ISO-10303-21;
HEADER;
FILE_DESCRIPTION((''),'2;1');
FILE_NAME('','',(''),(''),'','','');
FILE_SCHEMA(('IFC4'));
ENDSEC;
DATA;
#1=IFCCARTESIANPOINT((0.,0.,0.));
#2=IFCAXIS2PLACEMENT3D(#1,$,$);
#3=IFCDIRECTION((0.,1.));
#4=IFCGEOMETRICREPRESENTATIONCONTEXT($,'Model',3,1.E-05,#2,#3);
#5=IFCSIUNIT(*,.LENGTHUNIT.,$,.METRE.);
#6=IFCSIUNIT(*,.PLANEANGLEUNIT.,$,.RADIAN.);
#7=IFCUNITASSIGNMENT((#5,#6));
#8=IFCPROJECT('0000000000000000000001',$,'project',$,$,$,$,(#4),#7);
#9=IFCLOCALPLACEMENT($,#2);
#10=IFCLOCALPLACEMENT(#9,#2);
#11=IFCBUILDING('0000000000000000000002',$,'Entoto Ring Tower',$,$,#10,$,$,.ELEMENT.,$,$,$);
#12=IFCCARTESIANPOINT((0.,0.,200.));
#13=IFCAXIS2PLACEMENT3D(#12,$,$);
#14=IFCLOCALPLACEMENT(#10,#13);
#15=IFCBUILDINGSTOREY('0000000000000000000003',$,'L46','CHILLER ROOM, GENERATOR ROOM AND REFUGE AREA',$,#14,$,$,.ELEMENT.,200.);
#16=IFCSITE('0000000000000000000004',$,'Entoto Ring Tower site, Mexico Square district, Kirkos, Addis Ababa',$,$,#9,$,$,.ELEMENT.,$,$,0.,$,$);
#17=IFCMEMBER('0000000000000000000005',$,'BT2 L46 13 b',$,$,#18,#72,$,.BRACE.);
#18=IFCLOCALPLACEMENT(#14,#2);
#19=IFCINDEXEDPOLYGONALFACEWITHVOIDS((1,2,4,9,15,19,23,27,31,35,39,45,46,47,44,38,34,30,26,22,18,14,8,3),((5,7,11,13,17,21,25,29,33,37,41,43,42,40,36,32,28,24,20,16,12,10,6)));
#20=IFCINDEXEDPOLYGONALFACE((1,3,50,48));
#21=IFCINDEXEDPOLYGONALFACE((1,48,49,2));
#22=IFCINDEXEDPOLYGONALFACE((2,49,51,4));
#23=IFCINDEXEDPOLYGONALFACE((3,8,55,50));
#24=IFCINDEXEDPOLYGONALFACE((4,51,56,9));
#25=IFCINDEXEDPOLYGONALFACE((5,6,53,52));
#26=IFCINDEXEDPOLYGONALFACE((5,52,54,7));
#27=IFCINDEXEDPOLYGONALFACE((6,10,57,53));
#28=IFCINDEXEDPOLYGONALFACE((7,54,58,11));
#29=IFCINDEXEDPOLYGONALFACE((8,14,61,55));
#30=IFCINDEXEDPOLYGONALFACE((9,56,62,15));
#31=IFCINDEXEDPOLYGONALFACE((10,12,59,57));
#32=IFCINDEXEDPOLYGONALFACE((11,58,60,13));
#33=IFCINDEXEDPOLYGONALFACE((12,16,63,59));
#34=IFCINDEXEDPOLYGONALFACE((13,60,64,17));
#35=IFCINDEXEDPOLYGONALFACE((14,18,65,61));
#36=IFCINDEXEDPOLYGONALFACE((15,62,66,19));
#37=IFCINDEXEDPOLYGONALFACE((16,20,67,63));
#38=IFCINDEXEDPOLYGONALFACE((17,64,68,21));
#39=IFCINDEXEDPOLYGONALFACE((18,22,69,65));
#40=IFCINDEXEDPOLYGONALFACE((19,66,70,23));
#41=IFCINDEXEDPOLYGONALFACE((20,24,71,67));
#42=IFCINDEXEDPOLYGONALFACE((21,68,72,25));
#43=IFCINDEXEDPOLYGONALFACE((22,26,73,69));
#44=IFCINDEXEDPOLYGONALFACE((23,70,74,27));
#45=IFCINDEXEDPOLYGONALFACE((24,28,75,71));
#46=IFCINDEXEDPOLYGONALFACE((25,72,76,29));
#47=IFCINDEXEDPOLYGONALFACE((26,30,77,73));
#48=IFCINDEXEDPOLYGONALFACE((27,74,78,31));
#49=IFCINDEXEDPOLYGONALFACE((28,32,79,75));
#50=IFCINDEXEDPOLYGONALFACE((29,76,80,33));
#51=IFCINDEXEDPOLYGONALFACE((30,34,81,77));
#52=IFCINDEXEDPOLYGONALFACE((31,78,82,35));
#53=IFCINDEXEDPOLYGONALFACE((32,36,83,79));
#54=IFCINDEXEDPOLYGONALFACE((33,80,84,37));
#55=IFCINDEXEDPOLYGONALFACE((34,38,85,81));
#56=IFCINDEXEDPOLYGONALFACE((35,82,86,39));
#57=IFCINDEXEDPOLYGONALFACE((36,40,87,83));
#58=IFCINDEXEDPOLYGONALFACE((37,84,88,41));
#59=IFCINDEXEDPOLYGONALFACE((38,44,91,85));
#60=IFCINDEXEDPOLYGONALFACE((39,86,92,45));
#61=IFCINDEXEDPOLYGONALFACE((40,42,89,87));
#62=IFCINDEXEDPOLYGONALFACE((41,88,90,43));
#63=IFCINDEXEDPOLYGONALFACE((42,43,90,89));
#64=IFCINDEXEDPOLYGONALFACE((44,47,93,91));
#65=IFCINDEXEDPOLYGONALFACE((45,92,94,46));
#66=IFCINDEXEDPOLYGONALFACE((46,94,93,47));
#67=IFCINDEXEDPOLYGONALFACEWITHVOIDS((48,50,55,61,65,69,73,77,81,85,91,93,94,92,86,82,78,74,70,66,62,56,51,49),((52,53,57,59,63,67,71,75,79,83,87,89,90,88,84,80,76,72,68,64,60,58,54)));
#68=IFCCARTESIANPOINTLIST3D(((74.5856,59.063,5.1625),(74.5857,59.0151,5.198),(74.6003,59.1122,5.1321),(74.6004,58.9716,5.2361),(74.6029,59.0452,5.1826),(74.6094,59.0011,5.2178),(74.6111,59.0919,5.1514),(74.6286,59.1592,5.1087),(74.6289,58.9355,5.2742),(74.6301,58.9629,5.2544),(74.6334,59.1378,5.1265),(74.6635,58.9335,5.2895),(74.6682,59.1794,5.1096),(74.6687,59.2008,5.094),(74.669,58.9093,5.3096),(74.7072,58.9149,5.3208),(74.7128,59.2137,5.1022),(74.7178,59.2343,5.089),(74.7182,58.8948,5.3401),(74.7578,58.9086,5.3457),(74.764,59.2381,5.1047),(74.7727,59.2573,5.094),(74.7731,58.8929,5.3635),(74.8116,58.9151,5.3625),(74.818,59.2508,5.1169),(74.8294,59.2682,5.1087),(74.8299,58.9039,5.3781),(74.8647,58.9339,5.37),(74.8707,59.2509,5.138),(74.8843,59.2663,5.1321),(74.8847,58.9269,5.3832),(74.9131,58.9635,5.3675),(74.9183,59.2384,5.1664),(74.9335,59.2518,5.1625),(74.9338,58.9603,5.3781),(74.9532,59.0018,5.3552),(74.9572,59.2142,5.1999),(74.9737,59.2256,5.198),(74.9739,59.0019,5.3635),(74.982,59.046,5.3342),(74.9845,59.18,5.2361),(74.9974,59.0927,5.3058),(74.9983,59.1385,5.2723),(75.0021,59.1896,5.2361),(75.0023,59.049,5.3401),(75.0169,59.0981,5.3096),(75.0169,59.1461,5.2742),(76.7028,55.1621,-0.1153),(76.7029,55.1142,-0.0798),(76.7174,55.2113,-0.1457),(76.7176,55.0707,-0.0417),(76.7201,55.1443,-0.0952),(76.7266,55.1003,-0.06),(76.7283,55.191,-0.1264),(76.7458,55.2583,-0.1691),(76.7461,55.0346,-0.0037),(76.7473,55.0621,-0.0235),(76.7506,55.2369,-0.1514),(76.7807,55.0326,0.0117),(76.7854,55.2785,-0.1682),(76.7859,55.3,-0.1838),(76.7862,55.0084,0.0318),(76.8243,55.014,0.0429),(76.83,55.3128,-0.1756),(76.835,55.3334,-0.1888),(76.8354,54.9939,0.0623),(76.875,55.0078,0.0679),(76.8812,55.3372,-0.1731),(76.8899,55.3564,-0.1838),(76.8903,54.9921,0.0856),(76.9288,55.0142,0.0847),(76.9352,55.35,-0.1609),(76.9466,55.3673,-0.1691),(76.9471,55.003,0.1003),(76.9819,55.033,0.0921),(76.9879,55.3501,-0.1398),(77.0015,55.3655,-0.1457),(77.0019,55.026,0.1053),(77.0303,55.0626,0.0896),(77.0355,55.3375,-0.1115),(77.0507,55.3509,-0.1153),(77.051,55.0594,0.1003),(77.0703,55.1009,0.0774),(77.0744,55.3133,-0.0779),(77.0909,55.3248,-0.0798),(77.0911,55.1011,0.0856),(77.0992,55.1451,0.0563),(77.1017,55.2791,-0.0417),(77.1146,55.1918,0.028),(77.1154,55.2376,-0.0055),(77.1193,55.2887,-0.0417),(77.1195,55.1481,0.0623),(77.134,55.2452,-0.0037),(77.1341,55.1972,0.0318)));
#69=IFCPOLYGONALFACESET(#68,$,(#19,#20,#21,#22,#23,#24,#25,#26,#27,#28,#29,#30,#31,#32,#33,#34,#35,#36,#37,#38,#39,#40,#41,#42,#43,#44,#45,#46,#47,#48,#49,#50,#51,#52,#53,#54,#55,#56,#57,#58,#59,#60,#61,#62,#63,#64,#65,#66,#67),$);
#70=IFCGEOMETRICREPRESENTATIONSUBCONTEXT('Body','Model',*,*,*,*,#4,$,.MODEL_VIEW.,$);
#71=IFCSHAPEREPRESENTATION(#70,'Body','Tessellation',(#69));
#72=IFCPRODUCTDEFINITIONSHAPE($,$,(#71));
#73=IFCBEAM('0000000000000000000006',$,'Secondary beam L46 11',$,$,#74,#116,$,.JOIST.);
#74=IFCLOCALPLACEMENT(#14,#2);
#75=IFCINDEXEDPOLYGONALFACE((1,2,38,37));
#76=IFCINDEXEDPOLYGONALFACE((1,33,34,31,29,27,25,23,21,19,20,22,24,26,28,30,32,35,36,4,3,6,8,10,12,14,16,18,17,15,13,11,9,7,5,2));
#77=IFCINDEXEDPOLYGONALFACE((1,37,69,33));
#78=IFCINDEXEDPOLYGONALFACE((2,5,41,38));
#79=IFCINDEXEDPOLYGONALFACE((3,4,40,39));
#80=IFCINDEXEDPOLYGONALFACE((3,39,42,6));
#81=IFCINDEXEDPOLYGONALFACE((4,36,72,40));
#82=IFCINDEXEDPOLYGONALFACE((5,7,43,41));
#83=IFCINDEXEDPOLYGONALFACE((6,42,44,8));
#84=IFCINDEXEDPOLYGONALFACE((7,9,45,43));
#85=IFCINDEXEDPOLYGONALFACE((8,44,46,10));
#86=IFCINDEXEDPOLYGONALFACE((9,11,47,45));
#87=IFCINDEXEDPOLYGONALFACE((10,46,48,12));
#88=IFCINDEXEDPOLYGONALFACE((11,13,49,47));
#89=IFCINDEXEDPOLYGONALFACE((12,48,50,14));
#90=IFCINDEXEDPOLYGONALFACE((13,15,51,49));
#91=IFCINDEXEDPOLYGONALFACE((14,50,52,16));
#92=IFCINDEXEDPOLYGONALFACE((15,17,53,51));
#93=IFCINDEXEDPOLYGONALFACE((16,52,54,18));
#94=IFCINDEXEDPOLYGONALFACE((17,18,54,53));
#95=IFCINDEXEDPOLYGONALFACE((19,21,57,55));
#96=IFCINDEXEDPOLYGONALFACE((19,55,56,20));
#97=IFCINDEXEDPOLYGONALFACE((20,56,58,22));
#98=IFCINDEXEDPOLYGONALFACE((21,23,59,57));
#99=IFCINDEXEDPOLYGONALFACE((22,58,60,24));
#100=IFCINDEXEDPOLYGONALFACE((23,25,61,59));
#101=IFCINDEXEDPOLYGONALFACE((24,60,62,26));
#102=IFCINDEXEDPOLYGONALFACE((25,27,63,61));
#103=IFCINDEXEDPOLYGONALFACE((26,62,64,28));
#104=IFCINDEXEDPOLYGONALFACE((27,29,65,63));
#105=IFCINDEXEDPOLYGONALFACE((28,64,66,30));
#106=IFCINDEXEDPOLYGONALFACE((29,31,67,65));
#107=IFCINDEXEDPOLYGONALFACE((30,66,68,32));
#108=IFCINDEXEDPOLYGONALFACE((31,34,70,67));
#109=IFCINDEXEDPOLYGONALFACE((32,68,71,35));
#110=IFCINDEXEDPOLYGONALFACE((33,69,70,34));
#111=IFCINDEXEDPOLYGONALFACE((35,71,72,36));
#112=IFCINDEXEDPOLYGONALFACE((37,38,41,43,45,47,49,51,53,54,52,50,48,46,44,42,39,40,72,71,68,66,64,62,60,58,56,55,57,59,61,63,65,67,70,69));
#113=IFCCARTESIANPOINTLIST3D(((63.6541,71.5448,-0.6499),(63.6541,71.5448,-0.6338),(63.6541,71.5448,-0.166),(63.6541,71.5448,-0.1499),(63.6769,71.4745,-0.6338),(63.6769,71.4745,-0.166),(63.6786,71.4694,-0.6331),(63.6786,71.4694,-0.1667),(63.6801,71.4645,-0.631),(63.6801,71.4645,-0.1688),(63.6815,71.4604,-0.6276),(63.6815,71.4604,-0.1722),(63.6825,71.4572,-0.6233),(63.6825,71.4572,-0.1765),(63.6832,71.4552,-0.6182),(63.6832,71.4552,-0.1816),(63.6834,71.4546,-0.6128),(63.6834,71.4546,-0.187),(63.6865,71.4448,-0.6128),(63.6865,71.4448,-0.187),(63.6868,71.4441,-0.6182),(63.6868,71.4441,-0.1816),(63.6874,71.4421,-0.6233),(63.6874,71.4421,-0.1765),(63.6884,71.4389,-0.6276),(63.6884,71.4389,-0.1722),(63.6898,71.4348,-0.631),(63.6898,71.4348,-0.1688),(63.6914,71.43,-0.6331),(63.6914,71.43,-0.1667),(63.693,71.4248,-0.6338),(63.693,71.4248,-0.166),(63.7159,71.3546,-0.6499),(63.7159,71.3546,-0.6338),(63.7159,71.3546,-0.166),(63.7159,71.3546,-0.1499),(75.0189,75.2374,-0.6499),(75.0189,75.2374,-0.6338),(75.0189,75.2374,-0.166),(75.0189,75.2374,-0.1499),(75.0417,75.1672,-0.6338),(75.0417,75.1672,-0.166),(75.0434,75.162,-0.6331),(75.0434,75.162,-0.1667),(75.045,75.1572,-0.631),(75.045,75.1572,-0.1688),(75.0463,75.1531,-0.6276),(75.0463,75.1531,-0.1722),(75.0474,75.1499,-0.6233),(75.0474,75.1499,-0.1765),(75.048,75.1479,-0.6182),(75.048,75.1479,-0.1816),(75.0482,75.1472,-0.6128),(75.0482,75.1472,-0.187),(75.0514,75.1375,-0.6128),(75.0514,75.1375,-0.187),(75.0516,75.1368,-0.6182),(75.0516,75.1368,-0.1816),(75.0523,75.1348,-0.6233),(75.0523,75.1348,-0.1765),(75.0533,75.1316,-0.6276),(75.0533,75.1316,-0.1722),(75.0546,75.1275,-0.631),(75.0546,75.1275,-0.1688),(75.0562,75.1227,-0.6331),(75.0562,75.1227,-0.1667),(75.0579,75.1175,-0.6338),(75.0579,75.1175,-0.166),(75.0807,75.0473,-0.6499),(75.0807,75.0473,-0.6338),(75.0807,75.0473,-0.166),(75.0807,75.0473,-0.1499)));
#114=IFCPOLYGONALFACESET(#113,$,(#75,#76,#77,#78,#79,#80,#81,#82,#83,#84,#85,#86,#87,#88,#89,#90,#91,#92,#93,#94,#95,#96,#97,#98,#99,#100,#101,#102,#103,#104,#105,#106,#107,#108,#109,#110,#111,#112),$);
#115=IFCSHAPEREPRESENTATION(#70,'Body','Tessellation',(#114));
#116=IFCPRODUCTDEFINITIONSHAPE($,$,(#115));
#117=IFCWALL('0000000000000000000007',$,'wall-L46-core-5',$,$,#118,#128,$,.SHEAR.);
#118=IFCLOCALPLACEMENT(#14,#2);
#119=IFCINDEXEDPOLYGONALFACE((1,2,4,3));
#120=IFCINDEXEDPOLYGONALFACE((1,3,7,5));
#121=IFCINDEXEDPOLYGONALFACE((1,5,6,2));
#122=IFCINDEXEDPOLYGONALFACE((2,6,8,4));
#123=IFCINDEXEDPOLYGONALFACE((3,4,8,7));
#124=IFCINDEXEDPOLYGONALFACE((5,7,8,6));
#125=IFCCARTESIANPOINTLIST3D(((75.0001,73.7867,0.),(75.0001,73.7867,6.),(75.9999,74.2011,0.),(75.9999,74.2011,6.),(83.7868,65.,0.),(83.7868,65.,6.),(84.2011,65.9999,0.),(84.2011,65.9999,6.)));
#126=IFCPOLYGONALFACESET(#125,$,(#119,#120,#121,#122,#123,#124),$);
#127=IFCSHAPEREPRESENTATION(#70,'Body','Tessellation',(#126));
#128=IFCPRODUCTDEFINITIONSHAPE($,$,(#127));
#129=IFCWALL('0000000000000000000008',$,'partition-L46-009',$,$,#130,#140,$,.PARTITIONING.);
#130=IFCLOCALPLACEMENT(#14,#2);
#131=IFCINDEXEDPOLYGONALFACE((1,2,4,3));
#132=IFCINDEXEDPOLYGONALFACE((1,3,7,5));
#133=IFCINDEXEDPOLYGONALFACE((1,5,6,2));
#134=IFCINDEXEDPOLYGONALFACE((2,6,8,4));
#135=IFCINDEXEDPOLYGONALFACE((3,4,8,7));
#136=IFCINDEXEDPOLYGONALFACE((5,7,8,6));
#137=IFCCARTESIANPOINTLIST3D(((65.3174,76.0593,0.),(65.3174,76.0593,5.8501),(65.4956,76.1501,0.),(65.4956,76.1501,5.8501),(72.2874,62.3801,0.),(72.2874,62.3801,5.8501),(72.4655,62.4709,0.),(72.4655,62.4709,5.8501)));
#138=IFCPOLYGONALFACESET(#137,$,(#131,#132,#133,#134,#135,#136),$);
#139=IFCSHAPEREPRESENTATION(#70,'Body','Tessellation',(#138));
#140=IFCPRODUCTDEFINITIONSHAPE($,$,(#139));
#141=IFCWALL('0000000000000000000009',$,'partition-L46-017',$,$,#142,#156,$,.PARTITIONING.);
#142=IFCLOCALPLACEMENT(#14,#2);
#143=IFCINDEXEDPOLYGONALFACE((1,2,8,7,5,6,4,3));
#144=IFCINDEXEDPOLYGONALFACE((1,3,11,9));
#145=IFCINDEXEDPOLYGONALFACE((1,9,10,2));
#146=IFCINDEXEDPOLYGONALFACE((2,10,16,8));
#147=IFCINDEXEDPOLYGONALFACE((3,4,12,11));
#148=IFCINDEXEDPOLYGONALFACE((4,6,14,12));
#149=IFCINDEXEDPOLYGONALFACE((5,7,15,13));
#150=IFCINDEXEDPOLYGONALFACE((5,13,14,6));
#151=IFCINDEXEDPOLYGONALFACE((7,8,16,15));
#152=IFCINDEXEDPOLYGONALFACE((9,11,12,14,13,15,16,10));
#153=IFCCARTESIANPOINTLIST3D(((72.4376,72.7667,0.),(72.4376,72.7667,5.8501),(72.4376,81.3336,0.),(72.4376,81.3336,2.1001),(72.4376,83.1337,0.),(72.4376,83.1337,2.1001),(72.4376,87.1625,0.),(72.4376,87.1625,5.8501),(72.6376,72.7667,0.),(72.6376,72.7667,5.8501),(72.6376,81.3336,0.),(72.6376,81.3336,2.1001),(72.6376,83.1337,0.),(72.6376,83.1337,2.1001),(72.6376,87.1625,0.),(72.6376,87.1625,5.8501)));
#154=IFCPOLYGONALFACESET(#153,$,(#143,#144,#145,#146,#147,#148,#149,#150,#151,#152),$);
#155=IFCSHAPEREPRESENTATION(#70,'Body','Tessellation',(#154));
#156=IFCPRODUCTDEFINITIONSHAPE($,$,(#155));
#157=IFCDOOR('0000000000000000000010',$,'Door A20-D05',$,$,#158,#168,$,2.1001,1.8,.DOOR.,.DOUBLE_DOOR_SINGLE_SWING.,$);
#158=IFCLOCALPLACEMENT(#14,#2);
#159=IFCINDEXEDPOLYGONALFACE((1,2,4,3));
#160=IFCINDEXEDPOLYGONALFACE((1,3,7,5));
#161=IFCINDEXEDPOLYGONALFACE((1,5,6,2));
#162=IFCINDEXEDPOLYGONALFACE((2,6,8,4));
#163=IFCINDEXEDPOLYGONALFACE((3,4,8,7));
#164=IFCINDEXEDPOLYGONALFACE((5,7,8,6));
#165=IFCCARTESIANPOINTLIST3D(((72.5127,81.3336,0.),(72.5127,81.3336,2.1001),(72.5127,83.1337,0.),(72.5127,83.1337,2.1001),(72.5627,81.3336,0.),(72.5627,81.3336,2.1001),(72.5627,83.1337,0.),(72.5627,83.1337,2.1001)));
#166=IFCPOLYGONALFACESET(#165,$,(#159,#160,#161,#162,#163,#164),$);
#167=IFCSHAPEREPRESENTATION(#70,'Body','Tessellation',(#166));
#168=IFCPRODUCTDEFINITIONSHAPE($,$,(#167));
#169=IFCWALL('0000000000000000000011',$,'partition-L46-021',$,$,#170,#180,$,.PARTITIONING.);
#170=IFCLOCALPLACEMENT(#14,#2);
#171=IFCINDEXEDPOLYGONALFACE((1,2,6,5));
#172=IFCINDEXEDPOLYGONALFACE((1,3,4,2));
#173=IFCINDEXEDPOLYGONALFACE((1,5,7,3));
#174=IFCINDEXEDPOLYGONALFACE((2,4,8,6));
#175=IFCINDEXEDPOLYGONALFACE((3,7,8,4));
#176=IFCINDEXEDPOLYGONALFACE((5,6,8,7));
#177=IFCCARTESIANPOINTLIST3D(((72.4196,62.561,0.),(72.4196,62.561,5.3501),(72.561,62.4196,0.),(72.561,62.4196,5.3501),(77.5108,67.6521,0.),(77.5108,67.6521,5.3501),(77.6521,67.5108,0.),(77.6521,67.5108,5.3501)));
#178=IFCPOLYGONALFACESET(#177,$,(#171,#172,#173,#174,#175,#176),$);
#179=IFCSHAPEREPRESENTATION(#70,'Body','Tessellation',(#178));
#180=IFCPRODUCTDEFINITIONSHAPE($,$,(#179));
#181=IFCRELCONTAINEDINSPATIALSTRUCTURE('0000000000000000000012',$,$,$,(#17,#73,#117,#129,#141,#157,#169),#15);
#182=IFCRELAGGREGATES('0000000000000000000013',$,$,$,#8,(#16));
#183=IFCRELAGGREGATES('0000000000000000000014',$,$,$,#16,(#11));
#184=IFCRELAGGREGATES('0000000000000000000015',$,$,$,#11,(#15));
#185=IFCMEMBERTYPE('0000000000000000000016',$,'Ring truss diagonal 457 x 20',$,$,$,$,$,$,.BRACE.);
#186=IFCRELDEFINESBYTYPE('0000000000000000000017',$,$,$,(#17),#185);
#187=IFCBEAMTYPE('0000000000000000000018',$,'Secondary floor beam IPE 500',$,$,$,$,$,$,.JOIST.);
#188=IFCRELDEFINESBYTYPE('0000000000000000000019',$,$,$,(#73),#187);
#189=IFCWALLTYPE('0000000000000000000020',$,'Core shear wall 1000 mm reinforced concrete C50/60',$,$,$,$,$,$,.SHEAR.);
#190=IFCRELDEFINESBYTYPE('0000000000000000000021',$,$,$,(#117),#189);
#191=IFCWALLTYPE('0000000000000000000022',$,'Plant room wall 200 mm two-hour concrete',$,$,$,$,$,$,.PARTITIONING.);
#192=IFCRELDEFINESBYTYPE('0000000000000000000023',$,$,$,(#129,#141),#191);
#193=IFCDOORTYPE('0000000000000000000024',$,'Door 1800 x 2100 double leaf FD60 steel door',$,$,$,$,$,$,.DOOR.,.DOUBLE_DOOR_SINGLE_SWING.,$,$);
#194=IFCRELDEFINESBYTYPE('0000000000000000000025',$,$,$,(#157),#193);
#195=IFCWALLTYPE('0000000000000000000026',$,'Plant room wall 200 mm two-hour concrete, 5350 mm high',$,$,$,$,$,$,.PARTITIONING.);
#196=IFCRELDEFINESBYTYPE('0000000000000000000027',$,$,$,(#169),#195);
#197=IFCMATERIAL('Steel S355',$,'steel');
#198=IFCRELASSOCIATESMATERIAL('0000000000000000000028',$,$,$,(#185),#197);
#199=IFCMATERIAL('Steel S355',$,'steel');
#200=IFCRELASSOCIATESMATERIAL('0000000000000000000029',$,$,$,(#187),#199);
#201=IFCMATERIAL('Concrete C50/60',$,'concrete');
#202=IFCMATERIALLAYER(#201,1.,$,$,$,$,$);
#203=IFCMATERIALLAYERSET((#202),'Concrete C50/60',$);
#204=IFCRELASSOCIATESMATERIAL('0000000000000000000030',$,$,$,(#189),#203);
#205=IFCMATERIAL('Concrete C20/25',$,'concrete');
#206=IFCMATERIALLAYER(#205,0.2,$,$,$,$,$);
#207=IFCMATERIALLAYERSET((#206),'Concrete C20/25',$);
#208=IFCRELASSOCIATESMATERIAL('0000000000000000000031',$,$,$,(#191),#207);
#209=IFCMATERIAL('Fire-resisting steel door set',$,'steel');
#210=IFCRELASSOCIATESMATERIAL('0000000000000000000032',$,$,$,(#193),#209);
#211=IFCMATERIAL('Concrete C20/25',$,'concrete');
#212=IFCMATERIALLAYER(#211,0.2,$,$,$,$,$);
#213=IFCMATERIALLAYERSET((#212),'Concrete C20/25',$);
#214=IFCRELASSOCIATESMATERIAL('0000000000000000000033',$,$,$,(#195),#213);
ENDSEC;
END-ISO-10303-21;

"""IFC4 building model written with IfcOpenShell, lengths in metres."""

from ifc_helpers import new_model, si_unit, direction, frame, frame_2d, origin, origin_2d, place, context, subcontext, project, spatial, polyline, rectangle, circle, hollow_circle, i_section, outline, extrude, material, layer, layer_set, material_profile, profile_set, type_object, element, fill, save


model = new_model("IFC4")

# Units and contexts
model_context = context("Model", 3, precision=1e-05, world=origin(), true_north=direction((0.0, 1.0)))
body_context = subcontext(model_context, "Body", "Model", "MODEL_VIEW")
ifc_project = project(units=[si_unit("LENGTHUNIT", "METRE"), si_unit("PLANEANGLEUNIT", "RADIAN")], contexts=[model_context])

# Site, building, storey
site_placement = place(None, origin())
site = spatial("IfcSite", under=ifc_project, at=site_placement, Name="Entoto Ring Tower site, Mexico Square district, Kirkos, Addis Ababa", CompositionType="ELEMENT", RefElevation=0.0)
building_placement = place(site_placement, origin())
building = spatial("IfcBuilding", under=site, at=building_placement, Name="Entoto Ring Tower", CompositionType="ELEMENT")
storey_placement = place(building_placement, frame((0.0, 0.0, 200.0)))
storey = spatial("IfcBuildingStorey", under=building, at=storey_placement, Name="L46", Description="CHILLER ROOM, GENERATOR ROOM AND REFUGE AREA", CompositionType="ELEMENT", Elevation=200.0)

# Member
ifc_material_1 = material(Name="Steel S355", Category="steel")
ifc_material_profile_1 = material_profile(ifc_material_1, hollow_circle(Radius=0.2285, WallThickness=0.02, at=origin_2d()), Name="CHS 457 x 20")
ifc_material_2 = material(Name="Concrete C60/75", Category="concrete")
ifc_material_profile_2 = material_profile(ifc_material_2, circle(Radius=0.2085, at=origin_2d()), Name="Concrete C60/75 infill")
ifc_profile_set_1 = profile_set([ifc_material_profile_1, ifc_material_profile_2], Name="Steel S355")
member_type_1 = type_object("IfcMemberType", Name="Ring truss diagonal 457 x 20", PredefinedType="BRACE", material=ifc_profile_set_1)
for number, where, z_axis, x_axis, name in (
    (1, (74.8013, 59.0806, 5.2361), (0.307017, -0.565672, -0.765347), (0.878894, 0.477017, 0.0), "BT2 L46 13 b"),
):
    element("IfcMember", number, at=place(storey_placement, frame(where, z_axis=z_axis, x_axis=x_axis)), inside=storey, type_object=member_type_1, Name=name, PredefinedType="BRACE", context=body_context, shape_type="SweptSolid", body=[
        extrude(hollow_circle(Radius=0.2285, WallThickness=0.02, at=origin_2d()), origin(), (0.0, 0.0, 1.0), 6.896),
    ])

# Beam
ifc_material_3 = material(Name="Steel S355", Category="steel")
ifc_material_profile_3 = material_profile(ifc_material_3, i_section(OverallWidth=0.2, OverallDepth=0.5, WebThickness=0.0103, FlangeThickness=0.0161, FilletRadius=0.021, at=origin_2d()), Name="IPE 500")
ifc_profile_set_2 = profile_set([ifc_material_profile_3], Name="Steel S355")
beam_type_1 = type_object("IfcBeamType", Name="Secondary floor beam IPE 500", PredefinedType="JOIST", material=ifc_profile_set_2)
beam_1_placement = place(storey_placement, frame((75.0498, 75.1423, -0.3999), z_axis=(-0.951057, -0.309017, 0.0), x_axis=(0.309017, -0.951057, 0.0)))
element("IfcBeam", 2, at=beam_1_placement, inside=storey, type_object=beam_type_1, Name="Secondary beam L46 11", PredefinedType="JOIST", context=body_context, shape_type="SweptSolid", body=[
    extrude(i_section(OverallWidth=0.2, OverallDepth=0.5, WebThickness=0.0103, FlangeThickness=0.0161, FilletRadius=0.021, at=origin_2d()), origin(), (0.0, 0.0, 1.0), 11.9497),
])

# Walls
ifc_material_4 = material(Name="Concrete C50/60", Category="concrete")
ifc_layer_1 = layer(ifc_material_4, 1.0)
ifc_layer_set_1 = layer_set([ifc_layer_1], Name="Concrete C50/60")
wall_type_1 = type_object("IfcWallType", Name="Core shear wall 1000 mm reinforced concrete C50/60", PredefinedType="SHEAR", material=ifc_layer_set_1)
wall_1_placement = place(storey_placement, frame((75.5, 73.9939, 0.0), z_axis=(0.0, 0.0, 1.0), x_axis=(0.707107, -0.707107, 0.0)))
element("IfcWall", 3, at=wall_1_placement, inside=storey, type_object=wall_type_1, Name="wall-L46-core-5", PredefinedType="SHEAR", context=body_context, shape_type="SweptSolid", body=[
    extrude(outline(polyline([(-0.207, -0.5), (12.2192, -0.5), (11.8052, 0.5), (0.207, 0.5), (-0.207, -0.5)])), origin(), (0.0, 0.0, 1.0), 6.0),
])
ifc_material_5 = material(Name="Concrete C20/25", Category="concrete")
ifc_layer_2 = layer(ifc_material_5, 0.2)
ifc_layer_set_2 = layer_set([ifc_layer_2], Name="Concrete C20/25")
wall_type_2 = type_object("IfcWallType", Name="Plant room wall 200 mm two-hour concrete", PredefinedType="PARTITIONING", material=ifc_layer_set_2)
wall_2_placement = place(storey_placement, frame((72.3765, 62.4255, 0.0), z_axis=(0.0, 0.0, 1.0), x_axis=(-0.453994, 0.891005, 0.0)))
element("IfcWall", 4, at=wall_2_placement, inside=storey, type_object=wall_type_2, Name="partition-L46-009", PredefinedType="PARTITIONING", context=body_context, shape_type="SweptSolid", body=[
    extrude(rectangle(XDim=15.3525, YDim=0.2, at=frame_2d((7.6763, 0.0))), origin(), (0.0, 0.0, 1.0), 5.8501),
])

# Wall, opening, door
wall_3_placement = place(storey_placement, frame((72.5376, 72.7668, 0.0), z_axis=(0.0, 0.0, 1.0), x_axis=(0.0, 1.0, 0.0)))
wall_3 = element("IfcWall", 5, at=wall_3_placement, inside=storey, type_object=wall_type_2, Name="partition-L46-017", PredefinedType="PARTITIONING", context=body_context, shape_type="SweptSolid", body=[
    extrude(rectangle(XDim=14.3958, YDim=0.2, at=frame_2d((7.1978, 0.0))), origin(), (0.0, 0.0, 1.0), 5.8501),
])
opening_placement = place(wall_3_placement, frame((8.5669, 0.0, 0.0)))
opening = element("IfcOpeningElement", 6, at=opening_placement, cuts=wall_3, PredefinedType="OPENING", context=body_context, shape_type="SweptSolid", body=[
    extrude(rectangle(XDim=1.8, YDim=2.1001, at=frame_2d((0.8999, 1.05))), frame((0.0, 0.1099, 0.0), z_axis=(0.0, -1.0, 0.0), x_axis=(1.0, 0.0, 0.0)), (0.0, 0.0, 1.0), 0.22),
])
ifc_material_6 = material(Name="Fire-resisting steel door set", Category="steel")
door_type = type_object("IfcDoorType", Name="Door 1800 x 2100 double leaf FD60 steel door", OperationType="DOUBLE_DOOR_SINGLE_SWING", PredefinedType="DOOR", material=ifc_material_6)
door_placement = place(opening_placement, origin())
door = element("IfcDoor", 7, at=door_placement, inside=storey, type_object=door_type, Name="Door A20-D05", OperationType="DOUBLE_DOOR_SINGLE_SWING", OverallHeight=2.1001, OverallWidth=1.8, PredefinedType="DOOR", context=body_context, shape_type="SweptSolid", body=[
    extrude(rectangle(XDim=1.8, YDim=2.1001, at=frame_2d((0.8999, 1.05))), frame((0.0, 0.0249, 0.0), z_axis=(0.0, -1.0, 0.0), x_axis=(1.0, 0.0, 0.0)), (0.0, 0.0, 1.0), 0.05),
])
fill(opening, door)

# Wall
ifc_material_7 = material(Name="Concrete C20/25", Category="concrete")
ifc_layer_3 = layer(ifc_material_7, 0.2)
ifc_layer_set_3 = layer_set([ifc_layer_3], Name="Concrete C20/25")
wall_type_3 = type_object("IfcWallType", Name="Plant room wall 200 mm two-hour concrete, 5350 mm high", PredefinedType="PARTITIONING", material=ifc_layer_set_3)
wall_4_placement = place(storey_placement, frame((72.4902, 62.4902, 0.0), z_axis=(0.0, 0.0, 1.0), x_axis=(0.707107, 0.707107, 0.0)))
element("IfcWall", 8, at=wall_4_placement, inside=storey, type_object=wall_type_3, Name="partition-L46-021", PredefinedType="PARTITIONING", context=body_context, shape_type="SweptSolid", body=[
    extrude(rectangle(XDim=7.2, YDim=0.2, at=frame_2d((3.6001, 0.0))), origin(), (0.0, 0.0, 1.0), 5.3501),
])

save(model, "model.ifc")
